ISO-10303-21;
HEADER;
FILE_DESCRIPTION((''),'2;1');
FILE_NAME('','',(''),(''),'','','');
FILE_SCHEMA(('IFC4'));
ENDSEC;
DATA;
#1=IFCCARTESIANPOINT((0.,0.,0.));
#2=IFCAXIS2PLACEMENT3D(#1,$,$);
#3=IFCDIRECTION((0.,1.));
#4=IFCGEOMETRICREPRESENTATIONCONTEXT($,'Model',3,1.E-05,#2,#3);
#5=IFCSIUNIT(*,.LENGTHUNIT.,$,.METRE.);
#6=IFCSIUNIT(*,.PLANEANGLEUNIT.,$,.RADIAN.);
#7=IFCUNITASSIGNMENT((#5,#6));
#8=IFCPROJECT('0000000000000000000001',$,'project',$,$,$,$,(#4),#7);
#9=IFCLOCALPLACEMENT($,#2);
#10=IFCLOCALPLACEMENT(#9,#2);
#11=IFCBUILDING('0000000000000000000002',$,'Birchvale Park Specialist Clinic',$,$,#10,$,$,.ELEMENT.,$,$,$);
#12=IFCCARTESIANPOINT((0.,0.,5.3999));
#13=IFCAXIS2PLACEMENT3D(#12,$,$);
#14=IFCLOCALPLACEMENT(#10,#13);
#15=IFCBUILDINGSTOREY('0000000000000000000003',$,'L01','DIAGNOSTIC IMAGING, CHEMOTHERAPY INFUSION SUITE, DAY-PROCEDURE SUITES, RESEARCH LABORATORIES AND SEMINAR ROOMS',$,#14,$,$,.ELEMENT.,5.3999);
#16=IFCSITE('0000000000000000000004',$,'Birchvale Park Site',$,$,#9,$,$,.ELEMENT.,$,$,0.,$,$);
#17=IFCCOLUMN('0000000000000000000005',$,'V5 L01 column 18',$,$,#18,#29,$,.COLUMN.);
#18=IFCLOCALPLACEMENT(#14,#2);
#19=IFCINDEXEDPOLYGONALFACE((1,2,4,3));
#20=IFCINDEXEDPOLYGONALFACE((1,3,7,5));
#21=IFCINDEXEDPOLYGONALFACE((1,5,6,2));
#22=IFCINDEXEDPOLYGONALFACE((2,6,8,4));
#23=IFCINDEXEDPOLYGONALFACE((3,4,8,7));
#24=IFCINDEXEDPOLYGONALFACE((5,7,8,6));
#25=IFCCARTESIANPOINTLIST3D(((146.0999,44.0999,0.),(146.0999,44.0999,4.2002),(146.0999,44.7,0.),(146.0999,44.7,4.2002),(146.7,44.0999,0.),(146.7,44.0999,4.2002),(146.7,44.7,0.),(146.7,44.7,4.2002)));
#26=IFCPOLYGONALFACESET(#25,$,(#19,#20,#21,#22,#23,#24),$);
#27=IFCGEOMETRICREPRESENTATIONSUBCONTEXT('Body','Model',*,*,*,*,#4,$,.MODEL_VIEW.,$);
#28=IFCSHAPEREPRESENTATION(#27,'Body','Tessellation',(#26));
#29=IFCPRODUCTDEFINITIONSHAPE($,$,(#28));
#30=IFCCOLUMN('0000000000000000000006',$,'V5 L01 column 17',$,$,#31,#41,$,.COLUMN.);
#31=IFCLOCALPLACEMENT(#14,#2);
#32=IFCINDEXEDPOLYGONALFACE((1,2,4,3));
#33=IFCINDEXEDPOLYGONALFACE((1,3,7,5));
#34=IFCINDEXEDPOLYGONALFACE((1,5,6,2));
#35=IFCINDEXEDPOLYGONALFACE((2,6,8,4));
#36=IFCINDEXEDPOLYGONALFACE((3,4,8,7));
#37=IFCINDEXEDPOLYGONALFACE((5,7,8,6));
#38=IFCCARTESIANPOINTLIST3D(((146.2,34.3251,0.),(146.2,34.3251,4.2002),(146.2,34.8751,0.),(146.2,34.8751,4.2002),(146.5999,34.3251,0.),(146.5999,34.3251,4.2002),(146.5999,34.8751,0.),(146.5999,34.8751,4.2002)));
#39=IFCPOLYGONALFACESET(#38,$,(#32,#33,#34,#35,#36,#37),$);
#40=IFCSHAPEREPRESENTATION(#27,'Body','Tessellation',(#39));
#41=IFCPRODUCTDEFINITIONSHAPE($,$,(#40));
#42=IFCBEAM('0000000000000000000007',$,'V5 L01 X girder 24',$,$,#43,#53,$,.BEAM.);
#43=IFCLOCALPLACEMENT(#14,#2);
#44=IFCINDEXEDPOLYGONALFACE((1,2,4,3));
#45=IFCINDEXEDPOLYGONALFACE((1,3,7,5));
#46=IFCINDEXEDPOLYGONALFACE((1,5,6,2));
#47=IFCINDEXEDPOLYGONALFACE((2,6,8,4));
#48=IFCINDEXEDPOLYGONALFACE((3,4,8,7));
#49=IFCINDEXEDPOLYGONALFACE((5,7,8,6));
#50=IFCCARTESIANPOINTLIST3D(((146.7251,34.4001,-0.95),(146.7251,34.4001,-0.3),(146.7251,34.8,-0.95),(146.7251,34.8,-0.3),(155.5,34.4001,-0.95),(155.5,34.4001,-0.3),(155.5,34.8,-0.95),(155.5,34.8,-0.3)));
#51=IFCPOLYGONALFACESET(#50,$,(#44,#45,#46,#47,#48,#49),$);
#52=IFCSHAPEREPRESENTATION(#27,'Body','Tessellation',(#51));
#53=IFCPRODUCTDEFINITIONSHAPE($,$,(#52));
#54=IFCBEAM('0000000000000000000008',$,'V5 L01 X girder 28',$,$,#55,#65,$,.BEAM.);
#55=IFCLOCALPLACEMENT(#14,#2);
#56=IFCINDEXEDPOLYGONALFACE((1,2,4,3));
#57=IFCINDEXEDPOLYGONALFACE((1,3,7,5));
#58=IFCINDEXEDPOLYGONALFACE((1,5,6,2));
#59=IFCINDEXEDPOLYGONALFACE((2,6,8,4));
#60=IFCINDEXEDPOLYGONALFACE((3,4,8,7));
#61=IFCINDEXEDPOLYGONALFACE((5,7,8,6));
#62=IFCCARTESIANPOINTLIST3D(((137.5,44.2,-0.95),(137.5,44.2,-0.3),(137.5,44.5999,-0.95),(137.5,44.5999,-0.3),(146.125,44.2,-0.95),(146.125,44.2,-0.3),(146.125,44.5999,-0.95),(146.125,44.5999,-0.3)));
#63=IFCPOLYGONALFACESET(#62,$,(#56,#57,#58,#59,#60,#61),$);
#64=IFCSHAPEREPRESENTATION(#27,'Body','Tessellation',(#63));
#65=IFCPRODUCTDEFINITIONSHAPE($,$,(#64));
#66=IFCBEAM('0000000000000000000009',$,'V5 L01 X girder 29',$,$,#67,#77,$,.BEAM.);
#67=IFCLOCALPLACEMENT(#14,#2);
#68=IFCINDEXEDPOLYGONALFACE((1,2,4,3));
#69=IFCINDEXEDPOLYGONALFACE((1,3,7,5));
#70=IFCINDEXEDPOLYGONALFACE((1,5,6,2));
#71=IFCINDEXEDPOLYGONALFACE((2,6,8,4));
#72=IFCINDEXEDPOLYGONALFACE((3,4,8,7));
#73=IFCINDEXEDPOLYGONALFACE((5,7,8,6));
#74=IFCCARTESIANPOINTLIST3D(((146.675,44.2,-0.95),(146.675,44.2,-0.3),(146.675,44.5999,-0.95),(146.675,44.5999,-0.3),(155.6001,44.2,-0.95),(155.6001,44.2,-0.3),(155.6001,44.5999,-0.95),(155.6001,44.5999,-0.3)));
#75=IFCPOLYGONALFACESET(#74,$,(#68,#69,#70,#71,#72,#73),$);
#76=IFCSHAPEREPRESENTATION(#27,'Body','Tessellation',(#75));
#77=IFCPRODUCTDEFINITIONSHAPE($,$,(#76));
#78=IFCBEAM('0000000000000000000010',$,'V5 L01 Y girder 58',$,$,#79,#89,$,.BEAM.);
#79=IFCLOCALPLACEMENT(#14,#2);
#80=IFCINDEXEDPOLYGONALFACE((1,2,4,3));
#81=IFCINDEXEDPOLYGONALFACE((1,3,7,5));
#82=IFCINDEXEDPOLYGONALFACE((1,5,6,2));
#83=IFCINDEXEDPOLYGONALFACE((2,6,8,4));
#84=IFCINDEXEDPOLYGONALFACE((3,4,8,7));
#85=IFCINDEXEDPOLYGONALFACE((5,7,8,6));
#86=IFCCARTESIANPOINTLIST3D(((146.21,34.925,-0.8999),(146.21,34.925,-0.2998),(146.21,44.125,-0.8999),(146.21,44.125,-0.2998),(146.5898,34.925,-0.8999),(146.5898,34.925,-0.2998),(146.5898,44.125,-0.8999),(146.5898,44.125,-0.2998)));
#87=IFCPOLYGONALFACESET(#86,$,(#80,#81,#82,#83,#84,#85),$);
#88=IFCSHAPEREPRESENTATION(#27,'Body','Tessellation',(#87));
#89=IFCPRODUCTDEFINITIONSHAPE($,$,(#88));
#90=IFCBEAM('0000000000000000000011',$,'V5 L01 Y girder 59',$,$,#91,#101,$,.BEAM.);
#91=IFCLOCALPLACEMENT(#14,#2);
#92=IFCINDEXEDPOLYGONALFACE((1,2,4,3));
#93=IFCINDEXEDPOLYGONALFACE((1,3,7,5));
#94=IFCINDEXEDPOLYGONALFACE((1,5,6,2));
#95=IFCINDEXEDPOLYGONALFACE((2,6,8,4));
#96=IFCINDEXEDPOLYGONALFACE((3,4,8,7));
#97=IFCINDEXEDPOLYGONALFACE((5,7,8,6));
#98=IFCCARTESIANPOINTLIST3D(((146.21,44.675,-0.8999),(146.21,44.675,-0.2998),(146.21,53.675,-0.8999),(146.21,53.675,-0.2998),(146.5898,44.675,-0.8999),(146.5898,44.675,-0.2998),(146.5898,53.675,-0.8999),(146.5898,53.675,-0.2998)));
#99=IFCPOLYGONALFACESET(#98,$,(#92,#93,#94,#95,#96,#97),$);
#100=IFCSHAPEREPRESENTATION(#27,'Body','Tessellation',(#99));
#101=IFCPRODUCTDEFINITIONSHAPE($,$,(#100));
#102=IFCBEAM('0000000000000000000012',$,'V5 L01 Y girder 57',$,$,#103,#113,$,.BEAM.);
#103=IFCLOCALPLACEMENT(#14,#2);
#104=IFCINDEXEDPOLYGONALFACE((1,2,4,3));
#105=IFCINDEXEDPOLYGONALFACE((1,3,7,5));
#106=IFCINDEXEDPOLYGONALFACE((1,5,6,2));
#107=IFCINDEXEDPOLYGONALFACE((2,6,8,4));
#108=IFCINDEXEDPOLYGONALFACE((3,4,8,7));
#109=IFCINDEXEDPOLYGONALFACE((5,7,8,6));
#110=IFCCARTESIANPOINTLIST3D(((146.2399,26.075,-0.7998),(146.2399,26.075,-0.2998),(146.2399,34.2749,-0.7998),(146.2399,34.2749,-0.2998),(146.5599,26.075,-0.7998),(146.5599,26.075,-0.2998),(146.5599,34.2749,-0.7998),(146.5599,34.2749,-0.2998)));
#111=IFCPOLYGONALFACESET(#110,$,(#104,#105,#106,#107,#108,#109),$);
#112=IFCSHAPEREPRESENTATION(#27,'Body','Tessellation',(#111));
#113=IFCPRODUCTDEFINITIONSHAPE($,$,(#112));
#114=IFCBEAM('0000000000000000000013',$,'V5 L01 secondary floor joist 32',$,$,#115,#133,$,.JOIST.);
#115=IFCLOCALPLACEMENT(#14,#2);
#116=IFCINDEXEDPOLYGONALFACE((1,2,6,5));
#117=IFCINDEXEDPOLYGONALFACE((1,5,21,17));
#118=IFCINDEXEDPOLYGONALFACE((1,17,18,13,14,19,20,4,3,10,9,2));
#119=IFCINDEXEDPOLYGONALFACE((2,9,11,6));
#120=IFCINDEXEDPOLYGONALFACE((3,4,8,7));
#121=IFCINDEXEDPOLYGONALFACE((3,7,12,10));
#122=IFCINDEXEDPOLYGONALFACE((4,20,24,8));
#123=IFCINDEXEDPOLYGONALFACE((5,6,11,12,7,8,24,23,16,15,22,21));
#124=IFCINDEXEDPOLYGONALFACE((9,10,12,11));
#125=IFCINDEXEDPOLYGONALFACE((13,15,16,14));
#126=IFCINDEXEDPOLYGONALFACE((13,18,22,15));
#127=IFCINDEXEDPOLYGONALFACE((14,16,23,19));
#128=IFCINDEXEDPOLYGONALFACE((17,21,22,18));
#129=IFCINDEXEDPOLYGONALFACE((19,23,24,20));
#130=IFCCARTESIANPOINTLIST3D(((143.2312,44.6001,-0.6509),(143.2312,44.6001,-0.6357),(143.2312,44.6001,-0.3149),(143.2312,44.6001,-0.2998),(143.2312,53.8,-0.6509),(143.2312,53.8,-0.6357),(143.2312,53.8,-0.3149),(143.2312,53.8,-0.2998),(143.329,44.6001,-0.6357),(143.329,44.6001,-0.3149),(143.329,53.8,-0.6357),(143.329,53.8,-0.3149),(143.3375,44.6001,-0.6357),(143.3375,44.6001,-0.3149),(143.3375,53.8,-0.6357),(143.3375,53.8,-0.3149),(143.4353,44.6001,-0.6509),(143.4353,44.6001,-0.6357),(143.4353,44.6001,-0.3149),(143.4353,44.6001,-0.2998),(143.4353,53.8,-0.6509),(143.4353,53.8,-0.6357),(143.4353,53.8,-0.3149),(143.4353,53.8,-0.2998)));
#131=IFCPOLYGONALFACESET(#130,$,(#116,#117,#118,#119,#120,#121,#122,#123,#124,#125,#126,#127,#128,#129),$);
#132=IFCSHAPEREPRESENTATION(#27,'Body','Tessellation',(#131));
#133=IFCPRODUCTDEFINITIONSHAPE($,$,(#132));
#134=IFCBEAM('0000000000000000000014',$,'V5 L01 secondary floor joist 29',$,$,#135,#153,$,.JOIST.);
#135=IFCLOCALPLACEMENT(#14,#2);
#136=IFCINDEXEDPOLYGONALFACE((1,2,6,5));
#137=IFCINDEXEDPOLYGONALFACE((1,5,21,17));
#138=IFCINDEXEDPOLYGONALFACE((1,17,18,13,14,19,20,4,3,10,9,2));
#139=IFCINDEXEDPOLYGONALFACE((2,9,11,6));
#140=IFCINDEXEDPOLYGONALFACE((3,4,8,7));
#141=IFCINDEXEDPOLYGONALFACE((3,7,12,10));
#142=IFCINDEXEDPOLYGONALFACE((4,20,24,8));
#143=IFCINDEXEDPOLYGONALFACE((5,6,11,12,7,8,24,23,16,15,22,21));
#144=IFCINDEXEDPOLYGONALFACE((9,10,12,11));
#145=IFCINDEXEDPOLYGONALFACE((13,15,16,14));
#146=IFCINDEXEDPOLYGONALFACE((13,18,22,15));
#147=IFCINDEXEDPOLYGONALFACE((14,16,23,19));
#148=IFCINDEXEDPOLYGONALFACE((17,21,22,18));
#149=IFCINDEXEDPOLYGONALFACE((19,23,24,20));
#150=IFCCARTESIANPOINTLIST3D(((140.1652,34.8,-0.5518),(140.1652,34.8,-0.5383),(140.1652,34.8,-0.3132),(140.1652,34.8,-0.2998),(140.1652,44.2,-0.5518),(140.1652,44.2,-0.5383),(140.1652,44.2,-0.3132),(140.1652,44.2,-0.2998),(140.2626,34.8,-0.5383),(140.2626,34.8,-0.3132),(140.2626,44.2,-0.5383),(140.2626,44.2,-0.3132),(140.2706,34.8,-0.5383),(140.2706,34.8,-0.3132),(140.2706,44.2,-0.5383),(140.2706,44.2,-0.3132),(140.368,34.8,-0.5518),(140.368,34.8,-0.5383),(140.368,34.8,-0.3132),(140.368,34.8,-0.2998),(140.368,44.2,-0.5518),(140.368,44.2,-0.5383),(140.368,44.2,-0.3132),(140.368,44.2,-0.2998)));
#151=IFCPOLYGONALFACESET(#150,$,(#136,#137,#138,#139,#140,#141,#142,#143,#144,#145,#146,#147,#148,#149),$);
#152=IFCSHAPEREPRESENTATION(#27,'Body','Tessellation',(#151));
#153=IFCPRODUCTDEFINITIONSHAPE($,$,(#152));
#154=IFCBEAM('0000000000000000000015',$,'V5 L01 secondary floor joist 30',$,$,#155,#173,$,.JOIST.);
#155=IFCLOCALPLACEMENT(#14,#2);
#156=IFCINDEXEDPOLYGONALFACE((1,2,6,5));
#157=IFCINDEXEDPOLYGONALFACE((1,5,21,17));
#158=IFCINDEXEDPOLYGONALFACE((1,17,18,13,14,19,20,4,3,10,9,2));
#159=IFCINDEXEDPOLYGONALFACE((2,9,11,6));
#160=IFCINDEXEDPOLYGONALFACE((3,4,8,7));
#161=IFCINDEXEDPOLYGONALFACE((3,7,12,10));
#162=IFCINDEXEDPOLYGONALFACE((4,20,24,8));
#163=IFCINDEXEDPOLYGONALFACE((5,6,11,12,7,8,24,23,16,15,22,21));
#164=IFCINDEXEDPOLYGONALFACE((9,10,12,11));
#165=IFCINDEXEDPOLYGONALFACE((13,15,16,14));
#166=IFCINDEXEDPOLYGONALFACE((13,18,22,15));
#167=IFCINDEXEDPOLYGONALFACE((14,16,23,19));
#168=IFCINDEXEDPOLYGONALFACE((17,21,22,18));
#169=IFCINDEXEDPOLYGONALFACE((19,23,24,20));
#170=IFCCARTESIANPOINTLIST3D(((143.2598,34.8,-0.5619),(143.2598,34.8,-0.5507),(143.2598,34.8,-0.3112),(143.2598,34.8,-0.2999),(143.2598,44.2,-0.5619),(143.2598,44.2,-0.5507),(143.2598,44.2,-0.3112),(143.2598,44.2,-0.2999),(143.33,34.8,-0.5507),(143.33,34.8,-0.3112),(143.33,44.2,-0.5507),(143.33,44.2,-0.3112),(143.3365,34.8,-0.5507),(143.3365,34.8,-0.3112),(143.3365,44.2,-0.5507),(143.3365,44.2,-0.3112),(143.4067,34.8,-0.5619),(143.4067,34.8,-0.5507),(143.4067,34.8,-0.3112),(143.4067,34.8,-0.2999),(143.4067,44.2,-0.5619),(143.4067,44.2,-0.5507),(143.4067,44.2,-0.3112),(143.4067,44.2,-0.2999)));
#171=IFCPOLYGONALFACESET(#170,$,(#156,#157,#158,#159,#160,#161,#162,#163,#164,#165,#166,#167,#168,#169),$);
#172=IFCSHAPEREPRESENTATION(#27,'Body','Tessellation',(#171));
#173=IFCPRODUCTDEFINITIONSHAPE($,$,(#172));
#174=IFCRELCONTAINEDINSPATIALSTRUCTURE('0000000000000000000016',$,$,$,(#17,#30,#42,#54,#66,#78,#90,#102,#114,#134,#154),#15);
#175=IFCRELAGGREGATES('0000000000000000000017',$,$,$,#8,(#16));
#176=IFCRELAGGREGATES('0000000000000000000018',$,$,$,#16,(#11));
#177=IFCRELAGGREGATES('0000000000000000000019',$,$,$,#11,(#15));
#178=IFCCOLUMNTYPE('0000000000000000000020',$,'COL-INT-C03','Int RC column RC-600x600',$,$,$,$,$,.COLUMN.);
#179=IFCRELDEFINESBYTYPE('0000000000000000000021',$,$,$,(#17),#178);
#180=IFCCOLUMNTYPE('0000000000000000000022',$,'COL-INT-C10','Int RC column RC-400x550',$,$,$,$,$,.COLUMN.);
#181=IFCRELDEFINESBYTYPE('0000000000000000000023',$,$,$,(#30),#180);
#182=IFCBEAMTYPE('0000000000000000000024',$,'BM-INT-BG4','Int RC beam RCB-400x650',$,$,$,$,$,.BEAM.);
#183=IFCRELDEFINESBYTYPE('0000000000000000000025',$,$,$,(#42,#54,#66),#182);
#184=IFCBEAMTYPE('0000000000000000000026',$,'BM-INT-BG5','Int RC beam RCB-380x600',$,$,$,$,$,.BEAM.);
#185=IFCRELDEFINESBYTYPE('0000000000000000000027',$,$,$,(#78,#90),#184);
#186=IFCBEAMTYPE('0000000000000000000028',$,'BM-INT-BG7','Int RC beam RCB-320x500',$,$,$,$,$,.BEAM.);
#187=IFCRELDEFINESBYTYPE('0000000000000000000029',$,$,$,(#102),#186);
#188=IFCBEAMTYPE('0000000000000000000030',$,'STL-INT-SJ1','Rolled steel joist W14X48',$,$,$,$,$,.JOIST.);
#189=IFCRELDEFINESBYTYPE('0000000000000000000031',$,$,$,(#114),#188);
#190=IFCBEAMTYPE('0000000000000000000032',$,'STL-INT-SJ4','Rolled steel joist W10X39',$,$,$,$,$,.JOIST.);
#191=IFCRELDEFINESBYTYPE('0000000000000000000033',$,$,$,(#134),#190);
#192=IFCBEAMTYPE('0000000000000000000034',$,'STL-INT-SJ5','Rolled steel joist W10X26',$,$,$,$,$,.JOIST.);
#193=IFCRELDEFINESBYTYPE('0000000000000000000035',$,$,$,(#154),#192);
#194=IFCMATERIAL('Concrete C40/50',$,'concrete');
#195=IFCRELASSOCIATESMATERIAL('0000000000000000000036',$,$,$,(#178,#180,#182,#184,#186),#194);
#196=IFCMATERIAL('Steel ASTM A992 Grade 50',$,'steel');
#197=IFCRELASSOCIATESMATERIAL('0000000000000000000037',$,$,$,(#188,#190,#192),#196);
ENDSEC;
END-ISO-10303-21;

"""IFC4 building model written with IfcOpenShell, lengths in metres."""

from ifc_helpers import new_model, si_unit, direction, frame, origin, origin_2d, place, context, subcontext, project, spatial, rectangle, i_section, extrude, material, material_profile, profile_set, type_object, element, save


model = new_model("IFC4")

# Units and contexts
model_context = context("Model", 3, precision=1e-05, world=origin(), true_north=direction((0.0, 1.0)))
body_context = subcontext(model_context, "Body", "Model", "MODEL_VIEW")
ifc_project = project(units=[si_unit("LENGTHUNIT", "METRE"), si_unit("PLANEANGLEUNIT", "RADIAN")], contexts=[model_context])

# Site, building, storey
site_placement = place(None, origin())
site = spatial("IfcSite", under=ifc_project, at=site_placement, Name="Birchvale Park Site", CompositionType="ELEMENT", RefElevation=0.0)
building_placement = place(site_placement, origin())
building = spatial("IfcBuilding", under=site, at=building_placement, Name="Birchvale Park Specialist Clinic", CompositionType="ELEMENT")
storey_placement = place(building_placement, frame((0.0, 0.0, 5.3999)))
storey = spatial("IfcBuildingStorey", under=building, at=storey_placement, Name="L01", Description="DIAGNOSTIC IMAGING, CHEMOTHERAPY INFUSION SUITE, DAY-PROCEDURE SUITES, RESEARCH LABORATORIES AND SEMINAR ROOMS", CompositionType="ELEMENT", Elevation=5.3999)

# Columns
ifc_material_1 = material(Name="Concrete C40/50", Category="concrete")
ifc_material_profile_1 = material_profile(ifc_material_1, rectangle(XDim=0.6001, YDim=0.6001, at=origin_2d()), Name="RC-600x600")
ifc_profile_set_1 = profile_set([ifc_material_profile_1], Name="Concrete C40/50")
column_type_1 = type_object("IfcColumnType", Name="COL-INT-C03", Description="Int RC column RC-600x600", PredefinedType="COLUMN", material=ifc_profile_set_1)
column_1_placement = place(storey_placement, frame((146.3999, 44.3999, 0.0), z_axis=(0.0, 0.0, 1.0), x_axis=(1.0, 0.0, 0.0)))
element("IfcColumn", 1, at=column_1_placement, inside=storey, type_object=column_type_1, Name="V5 L01 column 18", PredefinedType="COLUMN", context=body_context, shape_type="SweptSolid", body=[
    extrude(rectangle(XDim=0.6001, YDim=0.6001, at=origin_2d()), origin(), (0.0, 0.0, 1.0), 4.2002),
])
ifc_material_profile_2 = material_profile(ifc_material_1, rectangle(XDim=0.3999, YDim=0.55, at=origin_2d()), Name="RC-400x550")
ifc_profile_set_2 = profile_set([ifc_material_profile_2], Name="Concrete C40/50")
column_type_2 = type_object("IfcColumnType", Name="COL-INT-C10", Description="Int RC column RC-400x550", PredefinedType="COLUMN", material=ifc_profile_set_2)
column_2_placement = place(storey_placement, frame((146.3999, 34.6001, 0.0), z_axis=(0.0, 0.0, 1.0), x_axis=(1.0, 0.0, 0.0)))
element("IfcColumn", 2, at=column_2_placement, inside=storey, type_object=column_type_2, Name="V5 L01 column 17", PredefinedType="COLUMN", context=body_context, shape_type="SweptSolid", body=[
    extrude(rectangle(XDim=0.3999, YDim=0.55, at=origin_2d()), origin(), (0.0, 0.0, 1.0), 4.2002),
])

# Beams
ifc_material_profile_3 = material_profile(ifc_material_1, rectangle(XDim=0.3999, YDim=0.6499, at=origin_2d()), Name="RCB-400x650")
ifc_profile_set_3 = profile_set([ifc_material_profile_3], Name="Concrete C40/50")
beam_type_1 = type_object("IfcBeamType", Name="BM-INT-BG4", Description="Int RC beam RCB-400x650", PredefinedType="BEAM", material=ifc_profile_set_3)
beam_1_placement = place(storey_placement, frame((146.7251, 34.6001, -0.625), z_axis=(1.0, 0.0, 0.0), x_axis=(0.0, 1.0, 0.0)))
element("IfcBeam", 3, at=beam_1_placement, inside=storey, type_object=beam_type_1, Name="V5 L01 X girder 24", PredefinedType="BEAM", context=body_context, shape_type="SweptSolid", body=[
    extrude(rectangle(XDim=0.3999, YDim=0.6499, at=origin_2d()), origin(), (0.0, 0.0, 1.0), 8.7749),
])
beam_2_placement = place(storey_placement, frame((137.5, 44.3999, -0.625), z_axis=(1.0, 0.0, 0.0), x_axis=(0.0, 1.0, 0.0)))
element("IfcBeam", 4, at=beam_2_placement, inside=storey, type_object=beam_type_1, Name="V5 L01 X girder 28", PredefinedType="BEAM", context=body_context, shape_type="SweptSolid", body=[
    extrude(rectangle(XDim=0.3999, YDim=0.6499, at=origin_2d()), origin(), (0.0, 0.0, 1.0), 8.625),
])
beam_3_placement = place(storey_placement, frame((146.675, 44.3999, -0.625), z_axis=(1.0, 0.0, 0.0), x_axis=(0.0, 1.0, 0.0)))
element("IfcBeam", 5, at=beam_3_placement, inside=storey, type_object=beam_type_1, Name="V5 L01 X girder 29", PredefinedType="BEAM", context=body_context, shape_type="SweptSolid", body=[
    extrude(rectangle(XDim=0.3999, YDim=0.6499, at=origin_2d()), origin(), (0.0, 0.0, 1.0), 8.925),
])
ifc_material_profile_4 = material_profile(ifc_material_1, rectangle(XDim=0.3799, YDim=0.6001, at=origin_2d()), Name="RCB-380x600")
ifc_profile_set_4 = profile_set([ifc_material_profile_4], Name="Concrete C40/50")
beam_type_2 = type_object("IfcBeamType", Name="BM-INT-BG5", Description="Int RC beam RCB-380x600", PredefinedType="BEAM", material=ifc_profile_set_4)
beam_4_placement = place(storey_placement, frame((146.3999, 34.925, -0.5999), z_axis=(0.0, 1.0, 0.0), x_axis=(-1.0, 0.0, 0.0)))
element("IfcBeam", 6, at=beam_4_placement, inside=storey, type_object=beam_type_2, Name="V5 L01 Y girder 58", PredefinedType="BEAM", context=body_context, shape_type="SweptSolid", body=[
    extrude(rectangle(XDim=0.3799, YDim=0.6001, at=origin_2d()), origin(), (0.0, 0.0, 1.0), 9.2),
])
beam_5_placement = place(storey_placement, frame((146.3999, 44.675, -0.5999), z_axis=(0.0, 1.0, 0.0), x_axis=(-1.0, 0.0, 0.0)))
element("IfcBeam", 7, at=beam_5_placement, inside=storey, type_object=beam_type_2, Name="V5 L01 Y girder 59", PredefinedType="BEAM", context=body_context, shape_type="SweptSolid", body=[
    extrude(rectangle(XDim=0.3799, YDim=0.6001, at=origin_2d()), origin(), (0.0, 0.0, 1.0), 9.0),
])
ifc_material_profile_5 = material_profile(ifc_material_1, rectangle(XDim=0.3201, YDim=0.5, at=origin_2d()), Name="RCB-320x500")
ifc_profile_set_5 = profile_set([ifc_material_profile_5], Name="Concrete C40/50")
beam_type_3 = type_object("IfcBeamType", Name="BM-INT-BG7", Description="Int RC beam RCB-320x500", PredefinedType="BEAM", material=ifc_profile_set_5)
beam_6_placement = place(storey_placement, frame((146.3999, 26.075, -0.5498), z_axis=(0.0, 1.0, 0.0), x_axis=(-1.0, 0.0, 0.0)))
element("IfcBeam", 8, at=beam_6_placement, inside=storey, type_object=beam_type_3, Name="V5 L01 Y girder 57", PredefinedType="BEAM", context=body_context, shape_type="SweptSolid", body=[
    extrude(rectangle(XDim=0.3201, YDim=0.5, at=origin_2d()), origin(), (0.0, 0.0, 1.0), 8.2),
])
ifc_material_2 = material(Name="Steel ASTM A992 Grade 50", Category="steel")
ifc_material_profile_6 = material_profile(ifc_material_2, i_section(OverallWidth=0.2041, OverallDepth=0.3511, WebThickness=0.0085, FlangeThickness=0.0151, at=origin_2d()), Name="W14X48")
ifc_profile_set_6 = profile_set([ifc_material_profile_6], Name="Steel ASTM A992 Grade 50")
beam_type_4 = type_object("IfcBeamType", Name="STL-INT-SJ1", Description="Rolled steel joist W14X48", PredefinedType="JOIST", material=ifc_profile_set_6)
beam_7_placement = place(storey_placement, frame((143.3333, 44.6001, -0.4753), z_axis=(0.0, 1.0, 0.0), x_axis=(-1.0, 0.0, 0.0)))
element("IfcBeam", 9, at=beam_7_placement, inside=storey, type_object=beam_type_4, Name="V5 L01 secondary floor joist 32", PredefinedType="JOIST", context=body_context, shape_type="SweptSolid", body=[
    extrude(i_section(OverallWidth=0.2041, OverallDepth=0.3511, WebThickness=0.0085, FlangeThickness=0.0151, at=origin_2d()), origin(), (0.0, 0.0, 1.0), 9.2),
])
ifc_material_profile_7 = material_profile(ifc_material_2, i_section(OverallWidth=0.2029, OverallDepth=0.252, WebThickness=0.0081, FlangeThickness=0.0134, at=origin_2d()), Name="W10X39")
ifc_profile_set_7 = profile_set([ifc_material_profile_7], Name="Steel ASTM A992 Grade 50")
beam_type_5 = type_object("IfcBeamType", Name="STL-INT-SJ4", Description="Rolled steel joist W10X39", PredefinedType="JOIST", material=ifc_profile_set_7)
beam_8_placement = place(storey_placement, frame((140.2666, 34.8, -0.4258), z_axis=(0.0, 1.0, 0.0), x_axis=(-1.0, 0.0, 0.0)))
element("IfcBeam", 10, at=beam_8_placement, inside=storey, type_object=beam_type_5, Name="V5 L01 secondary floor joist 29", PredefinedType="JOIST", context=body_context, shape_type="SweptSolid", body=[
    extrude(i_section(OverallWidth=0.2029, OverallDepth=0.252, WebThickness=0.0081, FlangeThickness=0.0134, at=origin_2d()), origin(), (0.0, 0.0, 1.0), 9.3999),
])
ifc_material_profile_8 = material_profile(ifc_material_2, i_section(OverallWidth=0.147, OverallDepth=0.262, WebThickness=0.0066, FlangeThickness=0.0112, at=origin_2d()), Name="W10X26")
ifc_profile_set_8 = profile_set([ifc_material_profile_8], Name="Steel ASTM A992 Grade 50")
beam_type_6 = type_object("IfcBeamType", Name="STL-INT-SJ5", Description="Rolled steel joist W10X26", PredefinedType="JOIST", material=ifc_profile_set_8)
beam_9_placement = place(storey_placement, frame((143.3333, 34.8, -0.4309), z_axis=(0.0, 1.0, 0.0), x_axis=(-1.0, 0.0, 0.0)))
element("IfcBeam", 11, at=beam_9_placement, inside=storey, type_object=beam_type_6, Name="V5 L01 secondary floor joist 30", PredefinedType="JOIST", context=body_context, shape_type="SweptSolid", body=[
    extrude(i_section(OverallWidth=0.147, OverallDepth=0.262, WebThickness=0.0066, FlangeThickness=0.0112, at=origin_2d()), origin(), (0.0, 0.0, 1.0), 9.3999),
])

save(model, "model.ifc")
